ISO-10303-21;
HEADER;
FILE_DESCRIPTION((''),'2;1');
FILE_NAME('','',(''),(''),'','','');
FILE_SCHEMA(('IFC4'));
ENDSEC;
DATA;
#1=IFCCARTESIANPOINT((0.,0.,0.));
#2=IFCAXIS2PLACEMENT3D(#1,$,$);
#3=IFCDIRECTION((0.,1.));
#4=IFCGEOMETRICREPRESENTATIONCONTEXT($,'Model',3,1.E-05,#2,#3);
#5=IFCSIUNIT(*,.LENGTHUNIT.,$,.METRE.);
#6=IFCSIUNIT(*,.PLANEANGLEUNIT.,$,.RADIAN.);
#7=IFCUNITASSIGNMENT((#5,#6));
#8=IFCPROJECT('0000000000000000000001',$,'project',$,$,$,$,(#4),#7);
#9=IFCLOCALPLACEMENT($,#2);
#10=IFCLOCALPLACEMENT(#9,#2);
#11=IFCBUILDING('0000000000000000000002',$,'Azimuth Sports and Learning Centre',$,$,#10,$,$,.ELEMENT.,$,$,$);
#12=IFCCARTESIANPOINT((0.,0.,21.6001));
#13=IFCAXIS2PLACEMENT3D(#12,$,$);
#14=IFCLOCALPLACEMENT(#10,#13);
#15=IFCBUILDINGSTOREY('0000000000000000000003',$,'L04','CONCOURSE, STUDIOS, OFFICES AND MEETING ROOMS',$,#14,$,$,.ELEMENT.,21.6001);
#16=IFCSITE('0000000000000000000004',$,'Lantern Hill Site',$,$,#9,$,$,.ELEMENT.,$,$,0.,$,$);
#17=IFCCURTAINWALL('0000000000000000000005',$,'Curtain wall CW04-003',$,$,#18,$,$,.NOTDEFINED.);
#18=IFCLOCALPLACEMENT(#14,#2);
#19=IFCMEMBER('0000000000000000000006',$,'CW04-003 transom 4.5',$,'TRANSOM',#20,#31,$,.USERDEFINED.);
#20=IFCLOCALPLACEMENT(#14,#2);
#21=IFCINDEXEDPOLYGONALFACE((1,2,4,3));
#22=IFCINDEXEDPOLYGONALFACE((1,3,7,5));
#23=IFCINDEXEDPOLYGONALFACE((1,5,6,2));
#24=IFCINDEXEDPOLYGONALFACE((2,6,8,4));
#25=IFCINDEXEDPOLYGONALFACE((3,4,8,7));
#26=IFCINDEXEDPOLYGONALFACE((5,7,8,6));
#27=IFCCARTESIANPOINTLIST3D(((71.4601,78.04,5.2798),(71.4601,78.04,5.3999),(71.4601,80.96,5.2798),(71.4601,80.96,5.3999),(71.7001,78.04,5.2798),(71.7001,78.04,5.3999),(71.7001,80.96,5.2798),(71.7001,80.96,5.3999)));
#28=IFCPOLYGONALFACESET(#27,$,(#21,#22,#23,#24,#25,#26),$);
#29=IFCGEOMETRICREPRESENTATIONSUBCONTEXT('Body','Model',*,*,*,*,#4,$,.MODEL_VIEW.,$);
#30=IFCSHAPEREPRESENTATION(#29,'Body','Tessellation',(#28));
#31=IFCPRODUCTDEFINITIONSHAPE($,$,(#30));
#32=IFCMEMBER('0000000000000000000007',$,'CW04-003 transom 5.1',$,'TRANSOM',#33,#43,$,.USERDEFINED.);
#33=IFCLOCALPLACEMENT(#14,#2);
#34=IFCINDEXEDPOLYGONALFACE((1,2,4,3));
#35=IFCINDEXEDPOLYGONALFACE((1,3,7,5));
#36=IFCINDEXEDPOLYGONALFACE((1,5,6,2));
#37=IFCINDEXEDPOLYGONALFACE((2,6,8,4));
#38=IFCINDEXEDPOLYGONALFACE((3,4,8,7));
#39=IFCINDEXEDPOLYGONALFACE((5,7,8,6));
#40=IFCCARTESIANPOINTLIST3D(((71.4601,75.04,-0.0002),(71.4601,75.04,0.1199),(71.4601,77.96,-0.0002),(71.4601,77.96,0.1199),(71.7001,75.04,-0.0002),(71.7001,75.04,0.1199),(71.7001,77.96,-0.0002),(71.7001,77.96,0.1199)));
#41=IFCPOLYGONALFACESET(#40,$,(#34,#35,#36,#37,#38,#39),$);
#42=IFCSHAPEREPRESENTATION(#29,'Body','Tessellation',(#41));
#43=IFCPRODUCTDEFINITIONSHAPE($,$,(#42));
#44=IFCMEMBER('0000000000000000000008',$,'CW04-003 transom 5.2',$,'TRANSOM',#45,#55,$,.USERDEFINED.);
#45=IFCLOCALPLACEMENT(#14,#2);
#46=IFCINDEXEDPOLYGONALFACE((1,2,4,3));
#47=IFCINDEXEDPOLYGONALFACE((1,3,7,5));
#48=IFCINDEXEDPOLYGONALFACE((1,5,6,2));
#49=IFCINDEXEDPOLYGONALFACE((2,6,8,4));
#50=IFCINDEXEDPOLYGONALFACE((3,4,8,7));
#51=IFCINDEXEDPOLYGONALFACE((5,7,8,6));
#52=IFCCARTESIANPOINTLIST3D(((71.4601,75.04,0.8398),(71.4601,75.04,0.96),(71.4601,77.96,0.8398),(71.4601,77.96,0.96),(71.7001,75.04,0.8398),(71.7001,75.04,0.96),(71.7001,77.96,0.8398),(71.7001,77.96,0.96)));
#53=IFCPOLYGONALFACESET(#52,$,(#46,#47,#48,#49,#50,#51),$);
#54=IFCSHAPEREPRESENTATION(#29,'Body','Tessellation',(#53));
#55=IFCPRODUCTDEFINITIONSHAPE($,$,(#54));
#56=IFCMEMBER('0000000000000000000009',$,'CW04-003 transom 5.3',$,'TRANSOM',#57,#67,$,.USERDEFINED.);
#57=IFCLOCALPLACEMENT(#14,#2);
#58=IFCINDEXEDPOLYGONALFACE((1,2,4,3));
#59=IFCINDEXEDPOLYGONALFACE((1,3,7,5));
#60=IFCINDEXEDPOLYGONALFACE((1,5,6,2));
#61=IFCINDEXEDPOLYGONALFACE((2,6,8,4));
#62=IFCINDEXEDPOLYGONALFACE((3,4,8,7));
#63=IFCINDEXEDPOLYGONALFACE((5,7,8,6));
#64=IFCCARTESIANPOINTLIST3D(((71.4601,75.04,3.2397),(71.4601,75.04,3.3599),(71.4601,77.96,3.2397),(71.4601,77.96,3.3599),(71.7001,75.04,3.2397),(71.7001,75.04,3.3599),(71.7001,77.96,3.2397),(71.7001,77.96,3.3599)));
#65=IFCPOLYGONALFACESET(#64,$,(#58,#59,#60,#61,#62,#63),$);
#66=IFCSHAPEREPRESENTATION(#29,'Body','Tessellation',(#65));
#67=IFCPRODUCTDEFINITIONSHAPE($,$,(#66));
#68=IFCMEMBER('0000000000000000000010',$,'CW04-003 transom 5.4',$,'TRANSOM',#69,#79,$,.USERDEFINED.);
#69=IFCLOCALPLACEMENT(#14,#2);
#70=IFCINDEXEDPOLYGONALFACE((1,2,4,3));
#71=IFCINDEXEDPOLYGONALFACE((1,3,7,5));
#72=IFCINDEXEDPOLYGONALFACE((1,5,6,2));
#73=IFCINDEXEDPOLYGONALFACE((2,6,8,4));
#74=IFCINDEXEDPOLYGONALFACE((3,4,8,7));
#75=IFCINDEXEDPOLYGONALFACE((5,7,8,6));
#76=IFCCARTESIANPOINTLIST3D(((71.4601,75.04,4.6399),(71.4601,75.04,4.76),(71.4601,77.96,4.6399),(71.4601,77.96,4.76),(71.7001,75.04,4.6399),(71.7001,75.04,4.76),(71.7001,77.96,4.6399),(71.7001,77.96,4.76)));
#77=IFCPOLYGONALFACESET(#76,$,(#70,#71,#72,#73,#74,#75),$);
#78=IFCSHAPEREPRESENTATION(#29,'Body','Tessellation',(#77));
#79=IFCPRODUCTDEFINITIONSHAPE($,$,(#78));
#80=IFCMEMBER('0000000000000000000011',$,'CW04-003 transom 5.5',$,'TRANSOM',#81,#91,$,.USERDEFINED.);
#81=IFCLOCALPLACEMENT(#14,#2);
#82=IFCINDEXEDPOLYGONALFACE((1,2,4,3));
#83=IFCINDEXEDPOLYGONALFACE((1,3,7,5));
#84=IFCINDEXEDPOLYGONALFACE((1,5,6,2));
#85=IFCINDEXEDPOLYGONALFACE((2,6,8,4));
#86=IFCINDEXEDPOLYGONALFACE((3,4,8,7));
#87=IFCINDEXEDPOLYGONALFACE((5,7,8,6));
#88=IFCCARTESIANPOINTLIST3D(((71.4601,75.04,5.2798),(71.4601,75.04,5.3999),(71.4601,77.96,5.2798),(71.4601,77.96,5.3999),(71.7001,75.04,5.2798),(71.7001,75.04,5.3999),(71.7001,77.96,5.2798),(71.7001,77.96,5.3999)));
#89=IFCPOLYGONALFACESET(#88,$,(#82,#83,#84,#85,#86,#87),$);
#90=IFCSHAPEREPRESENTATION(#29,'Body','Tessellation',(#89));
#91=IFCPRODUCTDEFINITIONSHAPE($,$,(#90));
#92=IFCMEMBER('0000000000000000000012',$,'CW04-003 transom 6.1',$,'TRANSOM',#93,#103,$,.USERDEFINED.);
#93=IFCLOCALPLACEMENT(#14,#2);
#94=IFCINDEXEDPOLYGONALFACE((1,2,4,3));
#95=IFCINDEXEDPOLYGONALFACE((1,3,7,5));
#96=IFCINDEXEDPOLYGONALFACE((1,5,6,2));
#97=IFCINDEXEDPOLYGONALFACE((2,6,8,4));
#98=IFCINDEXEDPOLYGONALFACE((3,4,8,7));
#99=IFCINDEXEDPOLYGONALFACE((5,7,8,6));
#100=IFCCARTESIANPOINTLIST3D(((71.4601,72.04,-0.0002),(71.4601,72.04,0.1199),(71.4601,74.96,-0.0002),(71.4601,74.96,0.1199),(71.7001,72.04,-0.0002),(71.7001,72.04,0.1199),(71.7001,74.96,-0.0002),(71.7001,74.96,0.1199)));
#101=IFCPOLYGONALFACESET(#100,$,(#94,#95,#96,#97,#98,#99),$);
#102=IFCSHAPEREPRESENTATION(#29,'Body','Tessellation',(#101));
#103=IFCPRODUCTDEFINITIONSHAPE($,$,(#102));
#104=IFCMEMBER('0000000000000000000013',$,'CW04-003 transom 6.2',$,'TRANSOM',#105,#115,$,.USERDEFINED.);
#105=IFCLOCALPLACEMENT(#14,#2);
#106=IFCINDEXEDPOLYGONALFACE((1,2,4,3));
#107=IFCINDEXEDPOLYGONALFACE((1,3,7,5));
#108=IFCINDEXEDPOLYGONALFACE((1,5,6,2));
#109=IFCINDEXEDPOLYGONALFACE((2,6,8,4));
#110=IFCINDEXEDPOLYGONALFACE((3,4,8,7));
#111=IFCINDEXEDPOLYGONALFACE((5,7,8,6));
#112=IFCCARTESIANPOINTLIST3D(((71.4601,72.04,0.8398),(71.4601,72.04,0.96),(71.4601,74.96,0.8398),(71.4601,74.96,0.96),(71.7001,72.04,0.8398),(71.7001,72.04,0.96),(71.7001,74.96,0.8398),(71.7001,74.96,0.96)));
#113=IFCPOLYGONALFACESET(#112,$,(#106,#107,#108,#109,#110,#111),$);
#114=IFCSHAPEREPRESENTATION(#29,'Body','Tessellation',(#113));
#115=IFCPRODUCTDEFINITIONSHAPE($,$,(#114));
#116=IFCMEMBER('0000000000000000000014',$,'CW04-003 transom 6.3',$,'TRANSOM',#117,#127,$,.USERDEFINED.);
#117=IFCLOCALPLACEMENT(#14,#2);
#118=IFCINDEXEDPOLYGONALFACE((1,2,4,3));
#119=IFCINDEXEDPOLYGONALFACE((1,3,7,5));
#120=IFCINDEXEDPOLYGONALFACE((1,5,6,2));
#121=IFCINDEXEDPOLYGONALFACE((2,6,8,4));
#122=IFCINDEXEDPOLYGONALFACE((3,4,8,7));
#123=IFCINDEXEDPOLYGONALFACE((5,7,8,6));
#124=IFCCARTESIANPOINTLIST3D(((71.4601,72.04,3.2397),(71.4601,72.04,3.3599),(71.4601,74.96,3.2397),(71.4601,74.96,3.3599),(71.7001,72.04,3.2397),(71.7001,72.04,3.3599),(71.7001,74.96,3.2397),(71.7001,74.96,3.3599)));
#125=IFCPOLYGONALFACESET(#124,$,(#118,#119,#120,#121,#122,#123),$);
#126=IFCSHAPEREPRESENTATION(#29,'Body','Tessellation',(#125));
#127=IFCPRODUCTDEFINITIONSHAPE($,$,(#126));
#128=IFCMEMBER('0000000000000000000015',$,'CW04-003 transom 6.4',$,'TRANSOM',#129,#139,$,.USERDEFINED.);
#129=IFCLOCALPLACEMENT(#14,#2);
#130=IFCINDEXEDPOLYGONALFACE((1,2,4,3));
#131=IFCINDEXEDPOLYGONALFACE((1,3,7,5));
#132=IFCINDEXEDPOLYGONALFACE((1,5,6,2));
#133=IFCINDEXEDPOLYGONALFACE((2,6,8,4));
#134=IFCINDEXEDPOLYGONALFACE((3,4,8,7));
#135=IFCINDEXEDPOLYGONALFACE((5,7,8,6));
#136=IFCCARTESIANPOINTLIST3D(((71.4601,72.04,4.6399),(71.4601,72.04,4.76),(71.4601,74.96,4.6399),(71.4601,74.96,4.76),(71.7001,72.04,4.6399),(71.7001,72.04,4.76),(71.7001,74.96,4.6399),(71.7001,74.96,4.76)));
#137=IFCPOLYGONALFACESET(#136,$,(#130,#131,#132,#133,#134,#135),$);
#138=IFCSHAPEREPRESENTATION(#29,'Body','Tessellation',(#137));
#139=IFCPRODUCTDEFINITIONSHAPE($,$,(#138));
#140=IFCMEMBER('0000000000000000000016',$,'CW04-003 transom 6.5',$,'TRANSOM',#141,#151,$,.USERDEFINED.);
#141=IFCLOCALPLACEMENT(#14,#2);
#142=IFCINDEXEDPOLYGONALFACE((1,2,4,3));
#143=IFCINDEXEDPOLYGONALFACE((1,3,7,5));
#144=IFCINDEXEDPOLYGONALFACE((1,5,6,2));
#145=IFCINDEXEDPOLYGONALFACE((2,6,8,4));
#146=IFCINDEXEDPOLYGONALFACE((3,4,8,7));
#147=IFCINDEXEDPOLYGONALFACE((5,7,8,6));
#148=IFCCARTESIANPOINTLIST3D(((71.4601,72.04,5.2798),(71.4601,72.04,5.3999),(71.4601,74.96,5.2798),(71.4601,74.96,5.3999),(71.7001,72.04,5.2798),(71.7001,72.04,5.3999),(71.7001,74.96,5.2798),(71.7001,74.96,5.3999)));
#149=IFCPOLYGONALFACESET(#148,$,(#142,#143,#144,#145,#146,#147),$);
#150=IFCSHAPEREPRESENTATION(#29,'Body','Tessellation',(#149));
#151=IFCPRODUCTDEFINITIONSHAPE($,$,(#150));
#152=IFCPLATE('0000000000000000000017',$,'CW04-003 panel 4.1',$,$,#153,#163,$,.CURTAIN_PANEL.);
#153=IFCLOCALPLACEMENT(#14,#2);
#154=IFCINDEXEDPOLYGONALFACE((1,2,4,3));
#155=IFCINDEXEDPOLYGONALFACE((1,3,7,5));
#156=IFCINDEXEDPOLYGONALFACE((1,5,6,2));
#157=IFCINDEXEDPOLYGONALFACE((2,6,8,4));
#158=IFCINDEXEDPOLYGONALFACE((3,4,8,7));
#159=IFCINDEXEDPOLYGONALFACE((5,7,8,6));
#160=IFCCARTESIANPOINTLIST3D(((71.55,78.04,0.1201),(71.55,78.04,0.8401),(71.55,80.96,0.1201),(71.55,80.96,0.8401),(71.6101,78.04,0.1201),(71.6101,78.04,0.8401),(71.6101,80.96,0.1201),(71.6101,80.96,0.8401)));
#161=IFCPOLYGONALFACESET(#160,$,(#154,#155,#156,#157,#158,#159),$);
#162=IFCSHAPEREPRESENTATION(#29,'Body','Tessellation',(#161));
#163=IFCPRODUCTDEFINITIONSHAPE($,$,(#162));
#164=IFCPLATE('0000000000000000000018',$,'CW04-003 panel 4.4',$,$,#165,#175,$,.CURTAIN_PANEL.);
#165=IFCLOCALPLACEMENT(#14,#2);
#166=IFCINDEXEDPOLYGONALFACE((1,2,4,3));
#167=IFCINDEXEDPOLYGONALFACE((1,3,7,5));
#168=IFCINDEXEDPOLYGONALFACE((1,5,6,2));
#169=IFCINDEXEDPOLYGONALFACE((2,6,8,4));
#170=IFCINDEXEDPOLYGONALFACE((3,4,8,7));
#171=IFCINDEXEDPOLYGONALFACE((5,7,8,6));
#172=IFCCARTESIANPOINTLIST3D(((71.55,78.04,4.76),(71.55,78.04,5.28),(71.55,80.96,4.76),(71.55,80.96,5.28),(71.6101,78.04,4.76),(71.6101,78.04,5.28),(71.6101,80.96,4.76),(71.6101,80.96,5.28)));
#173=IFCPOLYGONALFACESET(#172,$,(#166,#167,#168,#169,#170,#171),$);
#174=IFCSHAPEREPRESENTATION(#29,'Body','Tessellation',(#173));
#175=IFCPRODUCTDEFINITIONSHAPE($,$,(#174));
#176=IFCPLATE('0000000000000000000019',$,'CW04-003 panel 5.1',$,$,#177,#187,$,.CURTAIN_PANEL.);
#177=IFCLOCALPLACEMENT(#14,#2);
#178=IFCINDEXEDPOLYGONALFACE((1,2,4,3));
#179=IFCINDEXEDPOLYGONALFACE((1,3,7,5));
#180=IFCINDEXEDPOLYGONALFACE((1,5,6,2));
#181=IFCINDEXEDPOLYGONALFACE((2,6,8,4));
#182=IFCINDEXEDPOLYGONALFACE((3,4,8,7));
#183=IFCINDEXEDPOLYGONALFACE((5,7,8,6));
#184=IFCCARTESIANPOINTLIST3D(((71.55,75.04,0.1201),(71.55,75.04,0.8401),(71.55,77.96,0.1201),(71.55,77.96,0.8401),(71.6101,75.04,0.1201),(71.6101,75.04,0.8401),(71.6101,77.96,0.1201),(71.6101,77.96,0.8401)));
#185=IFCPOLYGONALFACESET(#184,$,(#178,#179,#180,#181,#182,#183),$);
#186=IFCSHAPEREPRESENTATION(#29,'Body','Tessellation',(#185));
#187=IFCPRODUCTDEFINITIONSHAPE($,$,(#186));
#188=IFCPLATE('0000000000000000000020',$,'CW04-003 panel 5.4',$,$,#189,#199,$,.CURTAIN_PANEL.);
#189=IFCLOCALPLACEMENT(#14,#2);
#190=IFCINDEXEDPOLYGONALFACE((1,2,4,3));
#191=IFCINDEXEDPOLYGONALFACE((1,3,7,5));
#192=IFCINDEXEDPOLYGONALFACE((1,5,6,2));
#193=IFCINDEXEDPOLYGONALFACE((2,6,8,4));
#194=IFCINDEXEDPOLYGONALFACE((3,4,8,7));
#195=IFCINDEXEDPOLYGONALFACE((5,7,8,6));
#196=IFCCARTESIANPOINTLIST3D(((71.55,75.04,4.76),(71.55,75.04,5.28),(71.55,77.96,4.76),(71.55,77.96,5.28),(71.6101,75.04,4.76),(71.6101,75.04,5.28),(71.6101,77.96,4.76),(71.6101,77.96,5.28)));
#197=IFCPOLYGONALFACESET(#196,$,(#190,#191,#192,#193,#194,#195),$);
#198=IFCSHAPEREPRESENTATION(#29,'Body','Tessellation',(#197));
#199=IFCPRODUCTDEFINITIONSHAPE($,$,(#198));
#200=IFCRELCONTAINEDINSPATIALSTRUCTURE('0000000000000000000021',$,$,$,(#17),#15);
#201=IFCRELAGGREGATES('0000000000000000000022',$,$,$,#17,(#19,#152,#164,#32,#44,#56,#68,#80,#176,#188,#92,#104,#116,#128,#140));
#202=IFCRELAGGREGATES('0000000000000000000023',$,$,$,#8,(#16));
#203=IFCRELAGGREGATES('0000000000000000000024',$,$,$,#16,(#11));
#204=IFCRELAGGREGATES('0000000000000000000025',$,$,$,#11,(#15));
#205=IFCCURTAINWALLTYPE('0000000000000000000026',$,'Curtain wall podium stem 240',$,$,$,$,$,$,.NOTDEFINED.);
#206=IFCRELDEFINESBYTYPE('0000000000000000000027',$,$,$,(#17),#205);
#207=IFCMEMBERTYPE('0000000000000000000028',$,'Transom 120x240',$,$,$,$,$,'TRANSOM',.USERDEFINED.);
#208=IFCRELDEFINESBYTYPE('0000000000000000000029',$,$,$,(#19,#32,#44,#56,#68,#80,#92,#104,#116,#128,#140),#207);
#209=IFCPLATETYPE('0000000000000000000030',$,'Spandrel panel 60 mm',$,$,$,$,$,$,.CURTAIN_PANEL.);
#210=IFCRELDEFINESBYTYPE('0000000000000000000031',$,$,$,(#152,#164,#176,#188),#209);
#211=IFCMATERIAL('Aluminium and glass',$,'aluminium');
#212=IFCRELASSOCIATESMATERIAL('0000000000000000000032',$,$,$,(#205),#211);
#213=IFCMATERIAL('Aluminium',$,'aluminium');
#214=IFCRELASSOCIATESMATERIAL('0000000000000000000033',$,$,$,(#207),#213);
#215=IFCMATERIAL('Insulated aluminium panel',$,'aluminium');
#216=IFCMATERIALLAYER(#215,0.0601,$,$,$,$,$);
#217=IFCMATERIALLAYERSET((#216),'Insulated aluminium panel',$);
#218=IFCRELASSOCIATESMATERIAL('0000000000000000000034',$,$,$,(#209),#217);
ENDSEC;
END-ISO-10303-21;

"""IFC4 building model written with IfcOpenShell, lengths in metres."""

from ifc_helpers import new_model, si_unit, direction, frame, origin, origin_2d, place, context, subcontext, project, spatial, rectangle, extrude, material, layer, layer_set, material_profile, profile_set, type_object, element, aggregate, save


model = new_model("IFC4")

# Units and contexts
model_context = context("Model", 3, precision=1e-05, world=origin(), true_north=direction((0.0, 1.0)))
body_context = subcontext(model_context, "Body", "Model", "MODEL_VIEW")
ifc_project = project(units=[si_unit("LENGTHUNIT", "METRE"), si_unit("PLANEANGLEUNIT", "RADIAN")], contexts=[model_context])

# Site, building, storey
site_placement = place(None, origin())
site = spatial("IfcSite", under=ifc_project, at=site_placement, Name="Lantern Hill Site", CompositionType="ELEMENT", RefElevation=0.0)
building_placement = place(site_placement, origin())
building = spatial("IfcBuilding", under=site, at=building_placement, Name="Azimuth Sports and Learning Centre", CompositionType="ELEMENT")
storey_placement = place(building_placement, frame((0.0, 0.0, 21.6001)))
storey = spatial("IfcBuildingStorey", under=building, at=storey_placement, Name="L04", Description="CONCOURSE, STUDIOS, OFFICES AND MEETING ROOMS", CompositionType="ELEMENT", Elevation=21.6001)

# Curtain wall, members, plates
ifc_material_1 = material(Name="Aluminium and glass", Category="aluminium")
curtain_wall_type = type_object("IfcCurtainWallType", Name="Curtain wall podium stem 240", PredefinedType="NOTDEFINED", material=ifc_material_1)
curtain_wall_placement = place(storey_placement, origin())
curtain_wall = element("IfcCurtainWall", 1, at=curtain_wall_placement, inside=storey, type_object=curtain_wall_type, Name="Curtain wall CW04-003", PredefinedType="NOTDEFINED")
ifc_material_2 = material(Name="Aluminium", Category="aluminium")
ifc_material_profile_1 = material_profile(ifc_material_2, rectangle(XDim=0.24, YDim=0.1201, at=origin_2d()), Name="Transom 120x240")
ifc_profile_set_1 = profile_set([ifc_material_profile_1], Name="Aluminium")
member_type_1 = type_object("IfcMemberType", Name="Transom 120x240", ElementType="TRANSOM", PredefinedType="USERDEFINED", material=ifc_profile_set_1)
member_1_placement = place(storey_placement, frame((71.5801, 80.96, 5.3398), z_axis=(0.0, -1.0, 0.0), x_axis=(1.0, 0.0, 0.0)))
member_1 = element("IfcMember", 2, at=member_1_placement, type_object=member_type_1, Name="CW04-003 transom 4.5", ObjectType="TRANSOM", PredefinedType="USERDEFINED", context=body_context, shape_type="SweptSolid", body=[
    extrude(rectangle(XDim=0.24, YDim=0.1201, at=origin_2d()), origin(), (0.0, 0.0, 1.0), 2.9199),
])
member_2_placement = place(storey_placement, frame((71.5801, 77.96, 0.0598), z_axis=(0.0, -1.0, 0.0), x_axis=(1.0, 0.0, 0.0)))
member_2 = element("IfcMember", 3, at=member_2_placement, type_object=member_type_1, Name="CW04-003 transom 5.1", ObjectType="TRANSOM", PredefinedType="USERDEFINED", context=body_context, shape_type="SweptSolid", body=[
    extrude(rectangle(XDim=0.24, YDim=0.1201, at=origin_2d()), origin(), (0.0, 0.0, 1.0), 2.9199),
])
member_3_placement = place(storey_placement, frame((71.5801, 77.96, 0.8999), z_axis=(0.0, -1.0, 0.0), x_axis=(1.0, 0.0, 0.0)))
member_3 = element("IfcMember", 4, at=member_3_placement, type_object=member_type_1, Name="CW04-003 transom 5.2", ObjectType="TRANSOM", PredefinedType="USERDEFINED", context=body_context, shape_type="SweptSolid", body=[
    extrude(rectangle(XDim=0.24, YDim=0.1201, at=origin_2d()), origin(), (0.0, 0.0, 1.0), 2.9199),
])
member_4_placement = place(storey_placement, frame((71.5801, 77.96, 3.2998), z_axis=(0.0, -1.0, 0.0), x_axis=(1.0, 0.0, 0.0)))
member_4 = element("IfcMember", 5, at=member_4_placement, type_object=member_type_1, Name="CW04-003 transom 5.3", ObjectType="TRANSOM", PredefinedType="USERDEFINED", context=body_context, shape_type="SweptSolid", body=[
    extrude(rectangle(XDim=0.24, YDim=0.1201, at=origin_2d()), origin(), (0.0, 0.0, 1.0), 2.9199),
])
member_5_placement = place(storey_placement, frame((71.5801, 77.96, 4.7), z_axis=(0.0, -1.0, 0.0), x_axis=(1.0, 0.0, 0.0)))
member_5 = element("IfcMember", 6, at=member_5_placement, type_object=member_type_1, Name="CW04-003 transom 5.4", ObjectType="TRANSOM", PredefinedType="USERDEFINED", context=body_context, shape_type="SweptSolid", body=[
    extrude(rectangle(XDim=0.24, YDim=0.1201, at=origin_2d()), origin(), (0.0, 0.0, 1.0), 2.9199),
])
member_6_placement = place(storey_placement, frame((71.5801, 77.96, 5.3398), z_axis=(0.0, -1.0, 0.0), x_axis=(1.0, 0.0, 0.0)))
member_6 = element("IfcMember", 7, at=member_6_placement, type_object=member_type_1, Name="CW04-003 transom 5.5", ObjectType="TRANSOM", PredefinedType="USERDEFINED", context=body_context, shape_type="SweptSolid", body=[
    extrude(rectangle(XDim=0.24, YDim=0.1201, at=origin_2d()), origin(), (0.0, 0.0, 1.0), 2.9199),
])
member_7_placement = place(storey_placement, frame((71.5801, 74.96, 0.0598), z_axis=(0.0, -1.0, 0.0), x_axis=(1.0, 0.0, 0.0)))
member_7 = element("IfcMember", 8, at=member_7_placement, type_object=member_type_1, Name="CW04-003 transom 6.1", ObjectType="TRANSOM", PredefinedType="USERDEFINED", context=body_context, shape_type="SweptSolid", body=[
    extrude(rectangle(XDim=0.24, YDim=0.1201, at=origin_2d()), origin(), (0.0, 0.0, 1.0), 2.9199),
])
member_8_placement = place(storey_placement, frame((71.5801, 74.96, 0.8999), z_axis=(0.0, -1.0, 0.0), x_axis=(1.0, 0.0, 0.0)))
member_8 = element("IfcMember", 9, at=member_8_placement, type_object=member_type_1, Name="CW04-003 transom 6.2", ObjectType="TRANSOM", PredefinedType="USERDEFINED", context=body_context, shape_type="SweptSolid", body=[
    extrude(rectangle(XDim=0.24, YDim=0.1201, at=origin_2d()), origin(), (0.0, 0.0, 1.0), 2.9199),
])
member_9_placement = place(storey_placement, frame((71.5801, 74.96, 3.2998), z_axis=(0.0, -1.0, 0.0), x_axis=(1.0, 0.0, 0.0)))
member_9 = element("IfcMember", 10, at=member_9_placement, type_object=member_type_1, Name="CW04-003 transom 6.3", ObjectType="TRANSOM", PredefinedType="USERDEFINED", context=body_context, shape_type="SweptSolid", body=[
    extrude(rectangle(XDim=0.24, YDim=0.1201, at=origin_2d()), origin(), (0.0, 0.0, 1.0), 2.9199),
])
member_10_placement = place(storey_placement, frame((71.5801, 74.96, 4.7), z_axis=(0.0, -1.0, 0.0), x_axis=(1.0, 0.0, 0.0)))
member_10 = element("IfcMember", 11, at=member_10_placement, type_object=member_type_1, Name="CW04-003 transom 6.4", ObjectType="TRANSOM", PredefinedType="USERDEFINED", context=body_context, shape_type="SweptSolid", body=[
    extrude(rectangle(XDim=0.24, YDim=0.1201, at=origin_2d()), origin(), (0.0, 0.0, 1.0), 2.9199),
])
member_11_placement = place(storey_placement, frame((71.5801, 74.96, 5.3398), z_axis=(0.0, -1.0, 0.0), x_axis=(1.0, 0.0, 0.0)))
member_11 = element("IfcMember", 12, at=member_11_placement, type_object=member_type_1, Name="CW04-003 transom 6.5", ObjectType="TRANSOM", PredefinedType="USERDEFINED", context=body_context, shape_type="SweptSolid", body=[
    extrude(rectangle(XDim=0.24, YDim=0.1201, at=origin_2d()), origin(), (0.0, 0.0, 1.0), 2.9199),
])
ifc_material_3 = material(Name="Insulated aluminium panel", Category="aluminium")
ifc_layer_1 = layer(ifc_material_3, 0.0601)
ifc_layer_set_1 = layer_set([ifc_layer_1], Name="Insulated aluminium panel")
plate_type_1 = type_object("IfcPlateType", Name="Spandrel panel 60 mm", PredefinedType="CURTAIN_PANEL", material=ifc_layer_set_1)
plate_1_placement = place(storey_placement, frame((71.5801, 79.5, 0.1201), z_axis=(0.0, 0.0, 1.0), x_axis=(0.0, -1.0, 0.0)))
plate_1 = element("IfcPlate", 13, at=plate_1_placement, type_object=plate_type_1, Name="CW04-003 panel 4.1", PredefinedType="CURTAIN_PANEL", context=body_context, shape_type="SweptSolid", body=[
    extrude(rectangle(XDim=2.9199, YDim=0.0601, at=origin_2d()), origin(), (0.0, 0.0, 1.0), 0.72),
])
plate_2_placement = place(storey_placement, frame((71.5801, 79.5, 4.76), z_axis=(0.0, 0.0, 1.0), x_axis=(0.0, -1.0, 0.0)))
plate_2 = element("IfcPlate", 14, at=plate_2_placement, type_object=plate_type_1, Name="CW04-003 panel 4.4", PredefinedType="CURTAIN_PANEL", context=body_context, shape_type="SweptSolid", body=[
    extrude(rectangle(XDim=2.9199, YDim=0.0601, at=origin_2d()), origin(), (0.0, 0.0, 1.0), 0.52),
])
plate_3_placement = place(storey_placement, frame((71.5801, 76.5, 0.1201), z_axis=(0.0, 0.0, 1.0), x_axis=(0.0, -1.0, 0.0)))
plate_3 = element("IfcPlate", 15, at=plate_3_placement, type_object=plate_type_1, Name="CW04-003 panel 5.1", PredefinedType="CURTAIN_PANEL", context=body_context, shape_type="SweptSolid", body=[
    extrude(rectangle(XDim=2.9199, YDim=0.0601, at=origin_2d()), origin(), (0.0, 0.0, 1.0), 0.72),
])
plate_4_placement = place(storey_placement, frame((71.5801, 76.5, 4.76), z_axis=(0.0, 0.0, 1.0), x_axis=(0.0, -1.0, 0.0)))
plate_4 = element("IfcPlate", 16, at=plate_4_placement, type_object=plate_type_1, Name="CW04-003 panel 5.4", PredefinedType="CURTAIN_PANEL", context=body_context, shape_type="SweptSolid", body=[
    extrude(rectangle(XDim=2.9199, YDim=0.0601, at=origin_2d()), origin(), (0.0, 0.0, 1.0), 0.52),
])
aggregate(curtain_wall, [member_1, plate_1, plate_2, member_2, member_3, member_4, member_5, member_6, plate_3, plate_4, member_7, member_8, member_9, member_10, member_11])

save(model, "model.ifc")
